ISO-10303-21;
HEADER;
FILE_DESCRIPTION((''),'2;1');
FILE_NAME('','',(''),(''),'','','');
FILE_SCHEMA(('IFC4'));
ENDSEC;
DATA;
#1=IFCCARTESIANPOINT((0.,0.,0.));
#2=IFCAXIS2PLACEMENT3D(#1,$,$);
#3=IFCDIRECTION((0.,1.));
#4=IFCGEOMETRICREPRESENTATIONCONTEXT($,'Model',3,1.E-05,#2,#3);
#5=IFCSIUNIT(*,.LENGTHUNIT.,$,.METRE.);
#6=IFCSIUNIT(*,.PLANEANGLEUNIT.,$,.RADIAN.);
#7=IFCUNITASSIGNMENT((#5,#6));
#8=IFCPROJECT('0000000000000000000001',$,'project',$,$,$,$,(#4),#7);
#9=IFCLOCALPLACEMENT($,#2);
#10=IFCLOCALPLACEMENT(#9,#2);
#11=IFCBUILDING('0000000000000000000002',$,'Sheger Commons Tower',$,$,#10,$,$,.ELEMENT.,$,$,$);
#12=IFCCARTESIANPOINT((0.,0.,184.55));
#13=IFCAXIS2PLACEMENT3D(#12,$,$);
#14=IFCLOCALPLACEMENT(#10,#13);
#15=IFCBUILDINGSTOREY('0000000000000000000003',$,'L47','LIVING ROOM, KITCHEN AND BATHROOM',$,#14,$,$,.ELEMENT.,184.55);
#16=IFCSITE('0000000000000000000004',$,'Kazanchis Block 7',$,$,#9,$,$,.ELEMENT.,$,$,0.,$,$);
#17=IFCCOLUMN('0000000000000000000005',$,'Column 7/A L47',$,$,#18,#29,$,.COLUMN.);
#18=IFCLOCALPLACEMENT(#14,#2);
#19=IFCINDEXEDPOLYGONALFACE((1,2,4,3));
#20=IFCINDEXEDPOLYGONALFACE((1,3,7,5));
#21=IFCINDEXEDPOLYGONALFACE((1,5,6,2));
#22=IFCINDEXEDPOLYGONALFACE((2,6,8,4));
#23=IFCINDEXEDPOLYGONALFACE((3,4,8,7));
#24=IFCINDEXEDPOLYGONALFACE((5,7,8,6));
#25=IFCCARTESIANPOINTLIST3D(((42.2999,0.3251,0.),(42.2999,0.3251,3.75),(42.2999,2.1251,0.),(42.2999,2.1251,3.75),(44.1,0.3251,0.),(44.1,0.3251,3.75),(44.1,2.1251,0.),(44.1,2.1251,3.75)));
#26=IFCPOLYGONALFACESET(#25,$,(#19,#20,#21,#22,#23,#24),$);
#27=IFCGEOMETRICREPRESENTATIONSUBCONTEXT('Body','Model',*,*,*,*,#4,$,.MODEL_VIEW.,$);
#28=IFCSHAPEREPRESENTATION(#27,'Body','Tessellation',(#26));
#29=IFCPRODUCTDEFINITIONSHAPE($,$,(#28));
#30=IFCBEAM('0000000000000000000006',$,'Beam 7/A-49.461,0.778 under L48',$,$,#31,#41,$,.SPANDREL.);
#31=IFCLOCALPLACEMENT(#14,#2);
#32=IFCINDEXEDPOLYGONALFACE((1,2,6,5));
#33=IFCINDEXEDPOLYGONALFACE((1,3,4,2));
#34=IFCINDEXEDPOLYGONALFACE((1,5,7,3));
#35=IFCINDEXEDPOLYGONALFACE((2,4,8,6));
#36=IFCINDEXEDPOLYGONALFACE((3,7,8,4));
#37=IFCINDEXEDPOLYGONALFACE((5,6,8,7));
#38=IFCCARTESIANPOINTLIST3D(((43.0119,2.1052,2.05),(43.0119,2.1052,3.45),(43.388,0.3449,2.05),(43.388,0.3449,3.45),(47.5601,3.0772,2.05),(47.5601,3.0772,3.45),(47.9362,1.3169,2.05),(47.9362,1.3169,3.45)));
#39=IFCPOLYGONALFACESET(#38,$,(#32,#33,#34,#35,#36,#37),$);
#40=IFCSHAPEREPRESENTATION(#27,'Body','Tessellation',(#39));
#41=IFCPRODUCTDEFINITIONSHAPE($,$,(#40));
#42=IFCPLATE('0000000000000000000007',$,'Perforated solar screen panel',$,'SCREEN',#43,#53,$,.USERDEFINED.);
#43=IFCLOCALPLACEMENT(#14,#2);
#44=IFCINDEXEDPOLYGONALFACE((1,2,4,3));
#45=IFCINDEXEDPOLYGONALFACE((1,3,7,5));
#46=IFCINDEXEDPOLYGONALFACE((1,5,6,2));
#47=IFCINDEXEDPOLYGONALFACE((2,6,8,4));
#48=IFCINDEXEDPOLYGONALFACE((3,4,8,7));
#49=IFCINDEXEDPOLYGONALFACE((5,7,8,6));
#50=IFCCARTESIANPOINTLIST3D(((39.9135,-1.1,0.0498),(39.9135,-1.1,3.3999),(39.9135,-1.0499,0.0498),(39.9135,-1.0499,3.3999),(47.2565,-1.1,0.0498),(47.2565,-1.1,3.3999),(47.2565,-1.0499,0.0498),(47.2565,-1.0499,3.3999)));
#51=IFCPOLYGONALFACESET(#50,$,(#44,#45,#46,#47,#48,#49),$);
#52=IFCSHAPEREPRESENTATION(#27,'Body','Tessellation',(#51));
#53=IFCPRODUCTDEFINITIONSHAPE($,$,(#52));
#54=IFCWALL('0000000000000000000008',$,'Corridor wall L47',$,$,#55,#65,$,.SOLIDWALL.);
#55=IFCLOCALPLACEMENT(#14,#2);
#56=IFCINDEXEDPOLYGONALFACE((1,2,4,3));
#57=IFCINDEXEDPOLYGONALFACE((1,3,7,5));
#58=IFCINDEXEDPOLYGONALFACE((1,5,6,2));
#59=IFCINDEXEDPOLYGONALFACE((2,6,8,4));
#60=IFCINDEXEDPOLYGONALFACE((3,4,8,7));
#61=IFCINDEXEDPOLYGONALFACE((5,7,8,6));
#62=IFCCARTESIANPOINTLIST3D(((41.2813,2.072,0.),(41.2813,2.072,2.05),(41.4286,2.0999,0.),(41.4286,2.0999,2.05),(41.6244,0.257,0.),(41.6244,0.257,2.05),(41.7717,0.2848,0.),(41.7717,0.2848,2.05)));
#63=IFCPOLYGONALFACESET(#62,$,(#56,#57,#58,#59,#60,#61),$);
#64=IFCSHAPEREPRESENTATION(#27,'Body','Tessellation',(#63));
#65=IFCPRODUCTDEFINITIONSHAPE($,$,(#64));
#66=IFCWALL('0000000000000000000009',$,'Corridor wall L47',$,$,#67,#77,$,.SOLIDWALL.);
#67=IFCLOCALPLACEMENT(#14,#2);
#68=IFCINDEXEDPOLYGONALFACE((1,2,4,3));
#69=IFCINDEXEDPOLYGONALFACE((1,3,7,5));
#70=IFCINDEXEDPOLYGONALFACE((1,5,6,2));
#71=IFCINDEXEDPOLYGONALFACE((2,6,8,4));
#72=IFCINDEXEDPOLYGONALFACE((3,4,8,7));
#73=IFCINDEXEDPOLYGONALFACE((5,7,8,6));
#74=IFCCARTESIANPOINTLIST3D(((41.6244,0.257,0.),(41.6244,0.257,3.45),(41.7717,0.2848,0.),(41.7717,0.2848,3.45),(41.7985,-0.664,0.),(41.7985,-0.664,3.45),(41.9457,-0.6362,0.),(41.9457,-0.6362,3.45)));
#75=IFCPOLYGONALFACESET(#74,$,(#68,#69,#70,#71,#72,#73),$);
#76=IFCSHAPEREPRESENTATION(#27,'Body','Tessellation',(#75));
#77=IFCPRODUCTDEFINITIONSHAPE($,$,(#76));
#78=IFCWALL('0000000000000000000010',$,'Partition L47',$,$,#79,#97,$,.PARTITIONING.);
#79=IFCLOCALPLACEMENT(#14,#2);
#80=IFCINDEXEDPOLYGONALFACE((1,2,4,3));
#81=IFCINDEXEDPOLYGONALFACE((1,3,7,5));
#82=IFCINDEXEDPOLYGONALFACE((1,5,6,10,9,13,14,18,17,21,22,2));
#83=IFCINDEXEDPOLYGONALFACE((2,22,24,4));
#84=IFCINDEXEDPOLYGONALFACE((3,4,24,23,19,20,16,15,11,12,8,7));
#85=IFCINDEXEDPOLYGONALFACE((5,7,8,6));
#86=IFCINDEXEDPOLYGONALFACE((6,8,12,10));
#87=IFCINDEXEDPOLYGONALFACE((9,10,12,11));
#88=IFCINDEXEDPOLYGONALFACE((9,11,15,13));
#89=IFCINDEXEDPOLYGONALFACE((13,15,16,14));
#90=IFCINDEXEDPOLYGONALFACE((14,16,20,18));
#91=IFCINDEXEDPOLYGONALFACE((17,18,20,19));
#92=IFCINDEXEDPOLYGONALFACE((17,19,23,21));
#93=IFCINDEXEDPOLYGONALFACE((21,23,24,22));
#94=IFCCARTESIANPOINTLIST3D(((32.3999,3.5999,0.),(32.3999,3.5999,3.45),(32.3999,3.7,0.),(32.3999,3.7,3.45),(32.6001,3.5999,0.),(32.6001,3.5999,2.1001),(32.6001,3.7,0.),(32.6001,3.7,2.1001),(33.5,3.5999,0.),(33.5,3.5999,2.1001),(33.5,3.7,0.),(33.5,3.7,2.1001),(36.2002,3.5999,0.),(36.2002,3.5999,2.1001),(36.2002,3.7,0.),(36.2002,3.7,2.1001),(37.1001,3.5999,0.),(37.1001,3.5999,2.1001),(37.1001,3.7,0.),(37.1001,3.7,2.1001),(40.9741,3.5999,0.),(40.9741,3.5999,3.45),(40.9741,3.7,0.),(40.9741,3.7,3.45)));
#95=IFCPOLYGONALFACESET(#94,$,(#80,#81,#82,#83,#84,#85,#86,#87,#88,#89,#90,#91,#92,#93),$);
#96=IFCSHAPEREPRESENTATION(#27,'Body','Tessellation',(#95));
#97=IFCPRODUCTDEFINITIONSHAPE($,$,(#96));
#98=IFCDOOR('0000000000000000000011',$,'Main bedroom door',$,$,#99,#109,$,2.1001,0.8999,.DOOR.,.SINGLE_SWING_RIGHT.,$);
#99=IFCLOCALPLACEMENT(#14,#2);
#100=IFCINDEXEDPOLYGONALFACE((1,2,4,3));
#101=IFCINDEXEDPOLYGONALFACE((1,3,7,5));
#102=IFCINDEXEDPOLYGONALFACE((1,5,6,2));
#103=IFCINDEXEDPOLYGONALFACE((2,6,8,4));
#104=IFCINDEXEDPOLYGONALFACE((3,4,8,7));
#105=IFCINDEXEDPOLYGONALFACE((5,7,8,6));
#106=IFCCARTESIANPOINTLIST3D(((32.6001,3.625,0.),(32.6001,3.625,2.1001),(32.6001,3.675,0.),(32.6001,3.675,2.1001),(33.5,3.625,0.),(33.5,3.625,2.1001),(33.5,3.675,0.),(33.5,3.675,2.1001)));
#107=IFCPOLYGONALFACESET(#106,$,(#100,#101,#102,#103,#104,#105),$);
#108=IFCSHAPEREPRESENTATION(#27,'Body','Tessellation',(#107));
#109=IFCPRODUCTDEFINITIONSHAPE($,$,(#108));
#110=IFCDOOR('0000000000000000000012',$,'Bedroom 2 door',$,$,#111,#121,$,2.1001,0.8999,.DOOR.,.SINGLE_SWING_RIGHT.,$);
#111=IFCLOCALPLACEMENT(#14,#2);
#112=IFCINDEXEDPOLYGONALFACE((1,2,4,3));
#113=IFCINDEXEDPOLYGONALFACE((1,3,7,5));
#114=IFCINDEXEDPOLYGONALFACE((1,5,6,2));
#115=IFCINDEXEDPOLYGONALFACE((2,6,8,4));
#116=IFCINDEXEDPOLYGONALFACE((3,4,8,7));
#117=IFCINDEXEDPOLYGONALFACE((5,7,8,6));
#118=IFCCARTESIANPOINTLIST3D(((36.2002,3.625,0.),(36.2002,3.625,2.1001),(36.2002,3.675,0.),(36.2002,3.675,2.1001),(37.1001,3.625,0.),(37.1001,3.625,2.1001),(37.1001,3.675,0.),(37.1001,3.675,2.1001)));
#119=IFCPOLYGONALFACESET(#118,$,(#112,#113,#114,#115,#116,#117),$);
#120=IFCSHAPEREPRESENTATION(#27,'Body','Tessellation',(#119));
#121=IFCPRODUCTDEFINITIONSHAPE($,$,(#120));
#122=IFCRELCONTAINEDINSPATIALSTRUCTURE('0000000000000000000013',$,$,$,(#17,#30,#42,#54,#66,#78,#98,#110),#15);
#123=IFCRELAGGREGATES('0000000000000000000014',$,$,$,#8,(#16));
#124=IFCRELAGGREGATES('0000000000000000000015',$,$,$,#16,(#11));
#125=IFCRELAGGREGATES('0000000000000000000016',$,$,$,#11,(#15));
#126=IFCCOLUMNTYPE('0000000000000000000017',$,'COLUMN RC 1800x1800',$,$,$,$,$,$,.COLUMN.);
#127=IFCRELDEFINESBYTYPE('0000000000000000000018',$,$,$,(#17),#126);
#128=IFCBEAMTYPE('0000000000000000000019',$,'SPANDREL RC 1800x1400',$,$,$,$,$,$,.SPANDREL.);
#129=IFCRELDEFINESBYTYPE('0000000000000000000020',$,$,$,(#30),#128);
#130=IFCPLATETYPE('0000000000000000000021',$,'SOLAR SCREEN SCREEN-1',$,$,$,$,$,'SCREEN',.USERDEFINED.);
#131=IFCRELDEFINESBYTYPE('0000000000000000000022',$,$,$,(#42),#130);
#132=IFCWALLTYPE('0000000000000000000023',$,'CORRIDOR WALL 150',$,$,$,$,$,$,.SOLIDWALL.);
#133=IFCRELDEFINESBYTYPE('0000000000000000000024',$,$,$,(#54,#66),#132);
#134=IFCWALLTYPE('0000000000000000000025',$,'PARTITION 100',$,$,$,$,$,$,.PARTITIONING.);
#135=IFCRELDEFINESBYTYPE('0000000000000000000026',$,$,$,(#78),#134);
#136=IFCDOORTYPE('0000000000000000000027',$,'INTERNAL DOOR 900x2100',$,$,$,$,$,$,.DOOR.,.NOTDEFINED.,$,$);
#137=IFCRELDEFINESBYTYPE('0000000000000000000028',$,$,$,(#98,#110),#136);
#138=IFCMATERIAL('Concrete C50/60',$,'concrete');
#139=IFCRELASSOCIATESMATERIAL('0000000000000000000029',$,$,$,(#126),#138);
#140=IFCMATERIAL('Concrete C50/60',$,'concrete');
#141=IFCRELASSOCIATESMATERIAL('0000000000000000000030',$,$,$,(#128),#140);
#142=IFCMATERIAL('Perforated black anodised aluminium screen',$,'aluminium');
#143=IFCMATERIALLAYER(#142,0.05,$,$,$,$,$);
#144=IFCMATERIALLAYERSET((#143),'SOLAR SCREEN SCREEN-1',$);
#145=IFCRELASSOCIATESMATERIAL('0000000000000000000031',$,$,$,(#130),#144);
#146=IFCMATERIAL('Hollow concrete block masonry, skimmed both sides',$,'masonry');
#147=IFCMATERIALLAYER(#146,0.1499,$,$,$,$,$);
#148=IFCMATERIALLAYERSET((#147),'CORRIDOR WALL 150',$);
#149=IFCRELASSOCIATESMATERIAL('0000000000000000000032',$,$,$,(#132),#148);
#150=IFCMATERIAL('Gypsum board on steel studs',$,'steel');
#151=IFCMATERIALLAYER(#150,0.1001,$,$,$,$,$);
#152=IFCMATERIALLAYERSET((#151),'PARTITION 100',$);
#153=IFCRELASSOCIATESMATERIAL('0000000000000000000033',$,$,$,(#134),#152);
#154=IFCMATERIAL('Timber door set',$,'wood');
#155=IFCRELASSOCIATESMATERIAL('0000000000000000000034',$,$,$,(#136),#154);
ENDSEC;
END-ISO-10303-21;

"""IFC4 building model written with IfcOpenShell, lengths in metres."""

from ifc_helpers import new_model, si_unit, direction, frame, frame_2d, origin, origin_2d, place, context, subcontext, project, spatial, rectangle, extrude, material, layer, layer_set, material_profile, profile_set, type_object, element, fill, save


model = new_model("IFC4")

# Units and contexts
model_context = context("Model", 3, precision=1e-05, world=origin(), true_north=direction((0.0, 1.0)))
body_context = subcontext(model_context, "Body", "Model", "MODEL_VIEW")
ifc_project = project(units=[si_unit("LENGTHUNIT", "METRE"), si_unit("PLANEANGLEUNIT", "RADIAN")], contexts=[model_context])

# Site, building, storey
site_placement = place(None, origin())
site = spatial("IfcSite", under=ifc_project, at=site_placement, Name="Kazanchis Block 7", CompositionType="ELEMENT", RefElevation=0.0)
building_placement = place(site_placement, origin())
building = spatial("IfcBuilding", under=site, at=building_placement, Name="Sheger Commons Tower", CompositionType="ELEMENT")
storey_placement = place(building_placement, frame((0.0, 0.0, 184.55)))
storey = spatial("IfcBuildingStorey", under=building, at=storey_placement, Name="L47", Description="LIVING ROOM, KITCHEN AND BATHROOM", CompositionType="ELEMENT", Elevation=184.55)

# Column
ifc_material_1 = material(Name="Concrete C50/60", Category="concrete")
ifc_material_profile_1 = material_profile(ifc_material_1, rectangle(XDim=1.8, YDim=1.8, at=origin_2d()), Name="RC 1800x1800")
ifc_profile_set_1 = profile_set([ifc_material_profile_1], Name="Concrete C50/60")
column_type = type_object("IfcColumnType", Name="COLUMN RC 1800x1800", PredefinedType="COLUMN", material=ifc_profile_set_1)
column_placement = place(storey_placement, frame((43.2, 1.2251, 0.0), z_axis=(0.0, 0.0, 1.0), x_axis=(1.0, 0.0, 0.0)))
element("IfcColumn", 1, at=column_placement, inside=storey, type_object=column_type, Name="Column 7/A L47", PredefinedType="COLUMN", context=body_context, shape_type="SweptSolid", body=[
    extrude(rectangle(XDim=1.8, YDim=1.8, at=origin_2d()), origin(), (0.0, 0.0, 1.0), 3.75),
])

# Beam
ifc_material_2 = material(Name="Concrete C50/60", Category="concrete")
ifc_material_profile_2 = material_profile(ifc_material_2, rectangle(XDim=1.8, YDim=1.3999, at=origin_2d()), Name="RC 1800x1400")
ifc_profile_set_2 = profile_set([ifc_material_profile_2], Name="Concrete C50/60")
beam_type = type_object("IfcBeamType", Name="SPANDREL RC 1800x1400", PredefinedType="SPANDREL", material=ifc_profile_set_2)
beam_placement = place(storey_placement, frame((43.2, 1.2251, 2.75), z_axis=(0.97792, 0.208981, 0.0), x_axis=(-0.208981, 0.97792, 0.0)))
element("IfcBeam", 2, at=beam_placement, inside=storey, type_object=beam_type, Name="Beam 7/A-49.461,0.778 under L48", PredefinedType="SPANDREL", context=body_context, shape_type="SweptSolid", body=[
    extrude(rectangle(XDim=1.8, YDim=1.3999, at=origin_2d()), origin(), (0.0, 0.0, 1.0), 4.6509),
])

# Plate
ifc_material_3 = material(Name="Perforated black anodised aluminium screen", Category="aluminium")
ifc_layer_1 = layer(ifc_material_3, 0.05)
ifc_layer_set_1 = layer_set([ifc_layer_1], Name="SOLAR SCREEN SCREEN-1")
plate_type = type_object("IfcPlateType", Name="SOLAR SCREEN SCREEN-1", ElementType="SCREEN", PredefinedType="USERDEFINED", material=ifc_layer_set_1)
plate_placement = place(storey_placement, frame((43.585, -1.075, 0.0498), z_axis=(0.0, 0.0, 1.0), x_axis=(1.0, 0.0, 0.0)))
element("IfcPlate", 3, at=plate_placement, inside=storey, type_object=plate_type, Name="Perforated solar screen panel", ObjectType="SCREEN", PredefinedType="USERDEFINED", context=body_context, shape_type="SweptSolid", body=[
    extrude(rectangle(XDim=7.343, YDim=0.05, at=origin_2d()), origin(), (0.0, 0.0, 1.0), 3.3501),
])

# Walls
ifc_material_4 = material(Name="Hollow concrete block masonry, skimmed both sides", Category="masonry")
ifc_layer_2 = layer(ifc_material_4, 0.1499)
ifc_layer_set_2 = layer_set([ifc_layer_2], Name="CORRIDOR WALL 150")
wall_type_1 = type_object("IfcWallType", Name="CORRIDOR WALL 150", PredefinedType="SOLIDWALL", material=ifc_layer_set_2)
wall_1_placement = place(storey_placement, frame((41.355, 2.0859, 0.0), z_axis=(0.0, 0.0, 1.0), x_axis=(0.185709, -0.982605, 0.0)))
element("IfcWall", 4, at=wall_1_placement, inside=storey, type_object=wall_type_1, Name="Corridor wall L47", PredefinedType="SOLIDWALL", context=body_context, shape_type="SweptSolid", body=[
    extrude(rectangle(XDim=1.8472, YDim=0.1499, at=frame_2d((0.9236, 0.0))), origin(), (0.0, 0.0, 1.0), 2.05),
])
wall_2_placement = place(storey_placement, frame((41.698, 0.271, 0.0), z_axis=(0.0, 0.0, 1.0), x_axis=(0.185735, -0.9826, 0.0)))
element("IfcWall", 5, at=wall_2_placement, inside=storey, type_object=wall_type_1, Name="Corridor wall L47", PredefinedType="SOLIDWALL", context=body_context, shape_type="SweptSolid", body=[
    extrude(rectangle(XDim=0.9373, YDim=0.1499, at=frame_2d((0.4688, 0.0))), origin(), (0.0, 0.0, 1.0), 3.45),
])

# Wall, openings, doors
ifc_material_5 = material(Name="Gypsum board on steel studs", Category="steel")
ifc_layer_3 = layer(ifc_material_5, 0.1001)
ifc_layer_set_3 = layer_set([ifc_layer_3], Name="PARTITION 100")
wall_type_2 = type_object("IfcWallType", Name="PARTITION 100", PredefinedType="PARTITIONING", material=ifc_layer_set_3)
wall_3_placement = place(storey_placement, frame((40.9741, 3.6499, 0.0), z_axis=(0.0, 0.0, 1.0), x_axis=(-1.0, 0.0, 0.0)))
wall_3 = element("IfcWall", 6, at=wall_3_placement, inside=storey, type_object=wall_type_2, Name="Partition L47", PredefinedType="PARTITIONING", context=body_context, shape_type="SweptSolid", body=[
    extrude(rectangle(XDim=8.5742, YDim=0.1001, at=frame_2d((4.2871, 0.0))), origin(), (0.0, 0.0, 1.0), 3.45),
])
opening_1_placement = place(wall_3_placement, frame((7.4741, 0.0, 0.0)))
opening_1 = element("IfcOpeningElement", 7, at=opening_1_placement, cuts=wall_3, PredefinedType="OPENING", context=body_context, shape_type="SweptSolid", body=[
    extrude(rectangle(XDim=0.8999, YDim=2.1001, at=frame_2d((0.45, 1.05))), frame((0.0, 0.0601, 0.0), z_axis=(0.0, -1.0, 0.0), x_axis=(1.0, 0.0, 0.0)), (0.0, 0.0, 1.0), 0.1201),
])
opening_2_placement = place(wall_3_placement, frame((3.874, 0.0, 0.0)))
opening_2 = element("IfcOpeningElement", 8, at=opening_2_placement, cuts=wall_3, PredefinedType="OPENING", context=body_context, shape_type="SweptSolid", body=[
    extrude(rectangle(XDim=0.8999, YDim=2.1001, at=frame_2d((0.45, 1.05))), frame((0.0, 0.0601, 0.0), z_axis=(0.0, -1.0, 0.0), x_axis=(1.0, 0.0, 0.0)), (0.0, 0.0, 1.0), 0.1201),
])
ifc_material_6 = material(Name="Timber door set", Category="wood")
door_type = type_object("IfcDoorType", Name="INTERNAL DOOR 900x2100", OperationType="NOTDEFINED", PredefinedType="DOOR", material=ifc_material_6)
door_1_placement = place(opening_1_placement, origin())
door_1 = element("IfcDoor", 9, at=door_1_placement, inside=storey, type_object=door_type, Name="Main bedroom door", OperationType="SINGLE_SWING_RIGHT", OverallHeight=2.1001, OverallWidth=0.8999, PredefinedType="DOOR", context=body_context, shape_type="SweptSolid", body=[
    extrude(rectangle(XDim=0.8999, YDim=2.1001, at=frame_2d((0.45, 1.05))), frame((0.0, 0.0249, 0.0), z_axis=(0.0, -1.0, 0.0), x_axis=(1.0, 0.0, 0.0)), (0.0, 0.0, 1.0), 0.05),
])
fill(opening_1, door_1)
door_2_placement = place(opening_2_placement, origin())
door_2 = element("IfcDoor", 10, at=door_2_placement, inside=storey, type_object=door_type, Name="Bedroom 2 door", OperationType="SINGLE_SWING_RIGHT", OverallHeight=2.1001, OverallWidth=0.8999, PredefinedType="DOOR", context=body_context, shape_type="SweptSolid", body=[
    extrude(rectangle(XDim=0.8999, YDim=2.1001, at=frame_2d((0.45, 1.05))), frame((0.0, 0.0249, 0.0), z_axis=(0.0, -1.0, 0.0), x_axis=(1.0, 0.0, 0.0)), (0.0, 0.0, 1.0), 0.05),
])
fill(opening_2, door_2)

save(model, "model.ifc")
